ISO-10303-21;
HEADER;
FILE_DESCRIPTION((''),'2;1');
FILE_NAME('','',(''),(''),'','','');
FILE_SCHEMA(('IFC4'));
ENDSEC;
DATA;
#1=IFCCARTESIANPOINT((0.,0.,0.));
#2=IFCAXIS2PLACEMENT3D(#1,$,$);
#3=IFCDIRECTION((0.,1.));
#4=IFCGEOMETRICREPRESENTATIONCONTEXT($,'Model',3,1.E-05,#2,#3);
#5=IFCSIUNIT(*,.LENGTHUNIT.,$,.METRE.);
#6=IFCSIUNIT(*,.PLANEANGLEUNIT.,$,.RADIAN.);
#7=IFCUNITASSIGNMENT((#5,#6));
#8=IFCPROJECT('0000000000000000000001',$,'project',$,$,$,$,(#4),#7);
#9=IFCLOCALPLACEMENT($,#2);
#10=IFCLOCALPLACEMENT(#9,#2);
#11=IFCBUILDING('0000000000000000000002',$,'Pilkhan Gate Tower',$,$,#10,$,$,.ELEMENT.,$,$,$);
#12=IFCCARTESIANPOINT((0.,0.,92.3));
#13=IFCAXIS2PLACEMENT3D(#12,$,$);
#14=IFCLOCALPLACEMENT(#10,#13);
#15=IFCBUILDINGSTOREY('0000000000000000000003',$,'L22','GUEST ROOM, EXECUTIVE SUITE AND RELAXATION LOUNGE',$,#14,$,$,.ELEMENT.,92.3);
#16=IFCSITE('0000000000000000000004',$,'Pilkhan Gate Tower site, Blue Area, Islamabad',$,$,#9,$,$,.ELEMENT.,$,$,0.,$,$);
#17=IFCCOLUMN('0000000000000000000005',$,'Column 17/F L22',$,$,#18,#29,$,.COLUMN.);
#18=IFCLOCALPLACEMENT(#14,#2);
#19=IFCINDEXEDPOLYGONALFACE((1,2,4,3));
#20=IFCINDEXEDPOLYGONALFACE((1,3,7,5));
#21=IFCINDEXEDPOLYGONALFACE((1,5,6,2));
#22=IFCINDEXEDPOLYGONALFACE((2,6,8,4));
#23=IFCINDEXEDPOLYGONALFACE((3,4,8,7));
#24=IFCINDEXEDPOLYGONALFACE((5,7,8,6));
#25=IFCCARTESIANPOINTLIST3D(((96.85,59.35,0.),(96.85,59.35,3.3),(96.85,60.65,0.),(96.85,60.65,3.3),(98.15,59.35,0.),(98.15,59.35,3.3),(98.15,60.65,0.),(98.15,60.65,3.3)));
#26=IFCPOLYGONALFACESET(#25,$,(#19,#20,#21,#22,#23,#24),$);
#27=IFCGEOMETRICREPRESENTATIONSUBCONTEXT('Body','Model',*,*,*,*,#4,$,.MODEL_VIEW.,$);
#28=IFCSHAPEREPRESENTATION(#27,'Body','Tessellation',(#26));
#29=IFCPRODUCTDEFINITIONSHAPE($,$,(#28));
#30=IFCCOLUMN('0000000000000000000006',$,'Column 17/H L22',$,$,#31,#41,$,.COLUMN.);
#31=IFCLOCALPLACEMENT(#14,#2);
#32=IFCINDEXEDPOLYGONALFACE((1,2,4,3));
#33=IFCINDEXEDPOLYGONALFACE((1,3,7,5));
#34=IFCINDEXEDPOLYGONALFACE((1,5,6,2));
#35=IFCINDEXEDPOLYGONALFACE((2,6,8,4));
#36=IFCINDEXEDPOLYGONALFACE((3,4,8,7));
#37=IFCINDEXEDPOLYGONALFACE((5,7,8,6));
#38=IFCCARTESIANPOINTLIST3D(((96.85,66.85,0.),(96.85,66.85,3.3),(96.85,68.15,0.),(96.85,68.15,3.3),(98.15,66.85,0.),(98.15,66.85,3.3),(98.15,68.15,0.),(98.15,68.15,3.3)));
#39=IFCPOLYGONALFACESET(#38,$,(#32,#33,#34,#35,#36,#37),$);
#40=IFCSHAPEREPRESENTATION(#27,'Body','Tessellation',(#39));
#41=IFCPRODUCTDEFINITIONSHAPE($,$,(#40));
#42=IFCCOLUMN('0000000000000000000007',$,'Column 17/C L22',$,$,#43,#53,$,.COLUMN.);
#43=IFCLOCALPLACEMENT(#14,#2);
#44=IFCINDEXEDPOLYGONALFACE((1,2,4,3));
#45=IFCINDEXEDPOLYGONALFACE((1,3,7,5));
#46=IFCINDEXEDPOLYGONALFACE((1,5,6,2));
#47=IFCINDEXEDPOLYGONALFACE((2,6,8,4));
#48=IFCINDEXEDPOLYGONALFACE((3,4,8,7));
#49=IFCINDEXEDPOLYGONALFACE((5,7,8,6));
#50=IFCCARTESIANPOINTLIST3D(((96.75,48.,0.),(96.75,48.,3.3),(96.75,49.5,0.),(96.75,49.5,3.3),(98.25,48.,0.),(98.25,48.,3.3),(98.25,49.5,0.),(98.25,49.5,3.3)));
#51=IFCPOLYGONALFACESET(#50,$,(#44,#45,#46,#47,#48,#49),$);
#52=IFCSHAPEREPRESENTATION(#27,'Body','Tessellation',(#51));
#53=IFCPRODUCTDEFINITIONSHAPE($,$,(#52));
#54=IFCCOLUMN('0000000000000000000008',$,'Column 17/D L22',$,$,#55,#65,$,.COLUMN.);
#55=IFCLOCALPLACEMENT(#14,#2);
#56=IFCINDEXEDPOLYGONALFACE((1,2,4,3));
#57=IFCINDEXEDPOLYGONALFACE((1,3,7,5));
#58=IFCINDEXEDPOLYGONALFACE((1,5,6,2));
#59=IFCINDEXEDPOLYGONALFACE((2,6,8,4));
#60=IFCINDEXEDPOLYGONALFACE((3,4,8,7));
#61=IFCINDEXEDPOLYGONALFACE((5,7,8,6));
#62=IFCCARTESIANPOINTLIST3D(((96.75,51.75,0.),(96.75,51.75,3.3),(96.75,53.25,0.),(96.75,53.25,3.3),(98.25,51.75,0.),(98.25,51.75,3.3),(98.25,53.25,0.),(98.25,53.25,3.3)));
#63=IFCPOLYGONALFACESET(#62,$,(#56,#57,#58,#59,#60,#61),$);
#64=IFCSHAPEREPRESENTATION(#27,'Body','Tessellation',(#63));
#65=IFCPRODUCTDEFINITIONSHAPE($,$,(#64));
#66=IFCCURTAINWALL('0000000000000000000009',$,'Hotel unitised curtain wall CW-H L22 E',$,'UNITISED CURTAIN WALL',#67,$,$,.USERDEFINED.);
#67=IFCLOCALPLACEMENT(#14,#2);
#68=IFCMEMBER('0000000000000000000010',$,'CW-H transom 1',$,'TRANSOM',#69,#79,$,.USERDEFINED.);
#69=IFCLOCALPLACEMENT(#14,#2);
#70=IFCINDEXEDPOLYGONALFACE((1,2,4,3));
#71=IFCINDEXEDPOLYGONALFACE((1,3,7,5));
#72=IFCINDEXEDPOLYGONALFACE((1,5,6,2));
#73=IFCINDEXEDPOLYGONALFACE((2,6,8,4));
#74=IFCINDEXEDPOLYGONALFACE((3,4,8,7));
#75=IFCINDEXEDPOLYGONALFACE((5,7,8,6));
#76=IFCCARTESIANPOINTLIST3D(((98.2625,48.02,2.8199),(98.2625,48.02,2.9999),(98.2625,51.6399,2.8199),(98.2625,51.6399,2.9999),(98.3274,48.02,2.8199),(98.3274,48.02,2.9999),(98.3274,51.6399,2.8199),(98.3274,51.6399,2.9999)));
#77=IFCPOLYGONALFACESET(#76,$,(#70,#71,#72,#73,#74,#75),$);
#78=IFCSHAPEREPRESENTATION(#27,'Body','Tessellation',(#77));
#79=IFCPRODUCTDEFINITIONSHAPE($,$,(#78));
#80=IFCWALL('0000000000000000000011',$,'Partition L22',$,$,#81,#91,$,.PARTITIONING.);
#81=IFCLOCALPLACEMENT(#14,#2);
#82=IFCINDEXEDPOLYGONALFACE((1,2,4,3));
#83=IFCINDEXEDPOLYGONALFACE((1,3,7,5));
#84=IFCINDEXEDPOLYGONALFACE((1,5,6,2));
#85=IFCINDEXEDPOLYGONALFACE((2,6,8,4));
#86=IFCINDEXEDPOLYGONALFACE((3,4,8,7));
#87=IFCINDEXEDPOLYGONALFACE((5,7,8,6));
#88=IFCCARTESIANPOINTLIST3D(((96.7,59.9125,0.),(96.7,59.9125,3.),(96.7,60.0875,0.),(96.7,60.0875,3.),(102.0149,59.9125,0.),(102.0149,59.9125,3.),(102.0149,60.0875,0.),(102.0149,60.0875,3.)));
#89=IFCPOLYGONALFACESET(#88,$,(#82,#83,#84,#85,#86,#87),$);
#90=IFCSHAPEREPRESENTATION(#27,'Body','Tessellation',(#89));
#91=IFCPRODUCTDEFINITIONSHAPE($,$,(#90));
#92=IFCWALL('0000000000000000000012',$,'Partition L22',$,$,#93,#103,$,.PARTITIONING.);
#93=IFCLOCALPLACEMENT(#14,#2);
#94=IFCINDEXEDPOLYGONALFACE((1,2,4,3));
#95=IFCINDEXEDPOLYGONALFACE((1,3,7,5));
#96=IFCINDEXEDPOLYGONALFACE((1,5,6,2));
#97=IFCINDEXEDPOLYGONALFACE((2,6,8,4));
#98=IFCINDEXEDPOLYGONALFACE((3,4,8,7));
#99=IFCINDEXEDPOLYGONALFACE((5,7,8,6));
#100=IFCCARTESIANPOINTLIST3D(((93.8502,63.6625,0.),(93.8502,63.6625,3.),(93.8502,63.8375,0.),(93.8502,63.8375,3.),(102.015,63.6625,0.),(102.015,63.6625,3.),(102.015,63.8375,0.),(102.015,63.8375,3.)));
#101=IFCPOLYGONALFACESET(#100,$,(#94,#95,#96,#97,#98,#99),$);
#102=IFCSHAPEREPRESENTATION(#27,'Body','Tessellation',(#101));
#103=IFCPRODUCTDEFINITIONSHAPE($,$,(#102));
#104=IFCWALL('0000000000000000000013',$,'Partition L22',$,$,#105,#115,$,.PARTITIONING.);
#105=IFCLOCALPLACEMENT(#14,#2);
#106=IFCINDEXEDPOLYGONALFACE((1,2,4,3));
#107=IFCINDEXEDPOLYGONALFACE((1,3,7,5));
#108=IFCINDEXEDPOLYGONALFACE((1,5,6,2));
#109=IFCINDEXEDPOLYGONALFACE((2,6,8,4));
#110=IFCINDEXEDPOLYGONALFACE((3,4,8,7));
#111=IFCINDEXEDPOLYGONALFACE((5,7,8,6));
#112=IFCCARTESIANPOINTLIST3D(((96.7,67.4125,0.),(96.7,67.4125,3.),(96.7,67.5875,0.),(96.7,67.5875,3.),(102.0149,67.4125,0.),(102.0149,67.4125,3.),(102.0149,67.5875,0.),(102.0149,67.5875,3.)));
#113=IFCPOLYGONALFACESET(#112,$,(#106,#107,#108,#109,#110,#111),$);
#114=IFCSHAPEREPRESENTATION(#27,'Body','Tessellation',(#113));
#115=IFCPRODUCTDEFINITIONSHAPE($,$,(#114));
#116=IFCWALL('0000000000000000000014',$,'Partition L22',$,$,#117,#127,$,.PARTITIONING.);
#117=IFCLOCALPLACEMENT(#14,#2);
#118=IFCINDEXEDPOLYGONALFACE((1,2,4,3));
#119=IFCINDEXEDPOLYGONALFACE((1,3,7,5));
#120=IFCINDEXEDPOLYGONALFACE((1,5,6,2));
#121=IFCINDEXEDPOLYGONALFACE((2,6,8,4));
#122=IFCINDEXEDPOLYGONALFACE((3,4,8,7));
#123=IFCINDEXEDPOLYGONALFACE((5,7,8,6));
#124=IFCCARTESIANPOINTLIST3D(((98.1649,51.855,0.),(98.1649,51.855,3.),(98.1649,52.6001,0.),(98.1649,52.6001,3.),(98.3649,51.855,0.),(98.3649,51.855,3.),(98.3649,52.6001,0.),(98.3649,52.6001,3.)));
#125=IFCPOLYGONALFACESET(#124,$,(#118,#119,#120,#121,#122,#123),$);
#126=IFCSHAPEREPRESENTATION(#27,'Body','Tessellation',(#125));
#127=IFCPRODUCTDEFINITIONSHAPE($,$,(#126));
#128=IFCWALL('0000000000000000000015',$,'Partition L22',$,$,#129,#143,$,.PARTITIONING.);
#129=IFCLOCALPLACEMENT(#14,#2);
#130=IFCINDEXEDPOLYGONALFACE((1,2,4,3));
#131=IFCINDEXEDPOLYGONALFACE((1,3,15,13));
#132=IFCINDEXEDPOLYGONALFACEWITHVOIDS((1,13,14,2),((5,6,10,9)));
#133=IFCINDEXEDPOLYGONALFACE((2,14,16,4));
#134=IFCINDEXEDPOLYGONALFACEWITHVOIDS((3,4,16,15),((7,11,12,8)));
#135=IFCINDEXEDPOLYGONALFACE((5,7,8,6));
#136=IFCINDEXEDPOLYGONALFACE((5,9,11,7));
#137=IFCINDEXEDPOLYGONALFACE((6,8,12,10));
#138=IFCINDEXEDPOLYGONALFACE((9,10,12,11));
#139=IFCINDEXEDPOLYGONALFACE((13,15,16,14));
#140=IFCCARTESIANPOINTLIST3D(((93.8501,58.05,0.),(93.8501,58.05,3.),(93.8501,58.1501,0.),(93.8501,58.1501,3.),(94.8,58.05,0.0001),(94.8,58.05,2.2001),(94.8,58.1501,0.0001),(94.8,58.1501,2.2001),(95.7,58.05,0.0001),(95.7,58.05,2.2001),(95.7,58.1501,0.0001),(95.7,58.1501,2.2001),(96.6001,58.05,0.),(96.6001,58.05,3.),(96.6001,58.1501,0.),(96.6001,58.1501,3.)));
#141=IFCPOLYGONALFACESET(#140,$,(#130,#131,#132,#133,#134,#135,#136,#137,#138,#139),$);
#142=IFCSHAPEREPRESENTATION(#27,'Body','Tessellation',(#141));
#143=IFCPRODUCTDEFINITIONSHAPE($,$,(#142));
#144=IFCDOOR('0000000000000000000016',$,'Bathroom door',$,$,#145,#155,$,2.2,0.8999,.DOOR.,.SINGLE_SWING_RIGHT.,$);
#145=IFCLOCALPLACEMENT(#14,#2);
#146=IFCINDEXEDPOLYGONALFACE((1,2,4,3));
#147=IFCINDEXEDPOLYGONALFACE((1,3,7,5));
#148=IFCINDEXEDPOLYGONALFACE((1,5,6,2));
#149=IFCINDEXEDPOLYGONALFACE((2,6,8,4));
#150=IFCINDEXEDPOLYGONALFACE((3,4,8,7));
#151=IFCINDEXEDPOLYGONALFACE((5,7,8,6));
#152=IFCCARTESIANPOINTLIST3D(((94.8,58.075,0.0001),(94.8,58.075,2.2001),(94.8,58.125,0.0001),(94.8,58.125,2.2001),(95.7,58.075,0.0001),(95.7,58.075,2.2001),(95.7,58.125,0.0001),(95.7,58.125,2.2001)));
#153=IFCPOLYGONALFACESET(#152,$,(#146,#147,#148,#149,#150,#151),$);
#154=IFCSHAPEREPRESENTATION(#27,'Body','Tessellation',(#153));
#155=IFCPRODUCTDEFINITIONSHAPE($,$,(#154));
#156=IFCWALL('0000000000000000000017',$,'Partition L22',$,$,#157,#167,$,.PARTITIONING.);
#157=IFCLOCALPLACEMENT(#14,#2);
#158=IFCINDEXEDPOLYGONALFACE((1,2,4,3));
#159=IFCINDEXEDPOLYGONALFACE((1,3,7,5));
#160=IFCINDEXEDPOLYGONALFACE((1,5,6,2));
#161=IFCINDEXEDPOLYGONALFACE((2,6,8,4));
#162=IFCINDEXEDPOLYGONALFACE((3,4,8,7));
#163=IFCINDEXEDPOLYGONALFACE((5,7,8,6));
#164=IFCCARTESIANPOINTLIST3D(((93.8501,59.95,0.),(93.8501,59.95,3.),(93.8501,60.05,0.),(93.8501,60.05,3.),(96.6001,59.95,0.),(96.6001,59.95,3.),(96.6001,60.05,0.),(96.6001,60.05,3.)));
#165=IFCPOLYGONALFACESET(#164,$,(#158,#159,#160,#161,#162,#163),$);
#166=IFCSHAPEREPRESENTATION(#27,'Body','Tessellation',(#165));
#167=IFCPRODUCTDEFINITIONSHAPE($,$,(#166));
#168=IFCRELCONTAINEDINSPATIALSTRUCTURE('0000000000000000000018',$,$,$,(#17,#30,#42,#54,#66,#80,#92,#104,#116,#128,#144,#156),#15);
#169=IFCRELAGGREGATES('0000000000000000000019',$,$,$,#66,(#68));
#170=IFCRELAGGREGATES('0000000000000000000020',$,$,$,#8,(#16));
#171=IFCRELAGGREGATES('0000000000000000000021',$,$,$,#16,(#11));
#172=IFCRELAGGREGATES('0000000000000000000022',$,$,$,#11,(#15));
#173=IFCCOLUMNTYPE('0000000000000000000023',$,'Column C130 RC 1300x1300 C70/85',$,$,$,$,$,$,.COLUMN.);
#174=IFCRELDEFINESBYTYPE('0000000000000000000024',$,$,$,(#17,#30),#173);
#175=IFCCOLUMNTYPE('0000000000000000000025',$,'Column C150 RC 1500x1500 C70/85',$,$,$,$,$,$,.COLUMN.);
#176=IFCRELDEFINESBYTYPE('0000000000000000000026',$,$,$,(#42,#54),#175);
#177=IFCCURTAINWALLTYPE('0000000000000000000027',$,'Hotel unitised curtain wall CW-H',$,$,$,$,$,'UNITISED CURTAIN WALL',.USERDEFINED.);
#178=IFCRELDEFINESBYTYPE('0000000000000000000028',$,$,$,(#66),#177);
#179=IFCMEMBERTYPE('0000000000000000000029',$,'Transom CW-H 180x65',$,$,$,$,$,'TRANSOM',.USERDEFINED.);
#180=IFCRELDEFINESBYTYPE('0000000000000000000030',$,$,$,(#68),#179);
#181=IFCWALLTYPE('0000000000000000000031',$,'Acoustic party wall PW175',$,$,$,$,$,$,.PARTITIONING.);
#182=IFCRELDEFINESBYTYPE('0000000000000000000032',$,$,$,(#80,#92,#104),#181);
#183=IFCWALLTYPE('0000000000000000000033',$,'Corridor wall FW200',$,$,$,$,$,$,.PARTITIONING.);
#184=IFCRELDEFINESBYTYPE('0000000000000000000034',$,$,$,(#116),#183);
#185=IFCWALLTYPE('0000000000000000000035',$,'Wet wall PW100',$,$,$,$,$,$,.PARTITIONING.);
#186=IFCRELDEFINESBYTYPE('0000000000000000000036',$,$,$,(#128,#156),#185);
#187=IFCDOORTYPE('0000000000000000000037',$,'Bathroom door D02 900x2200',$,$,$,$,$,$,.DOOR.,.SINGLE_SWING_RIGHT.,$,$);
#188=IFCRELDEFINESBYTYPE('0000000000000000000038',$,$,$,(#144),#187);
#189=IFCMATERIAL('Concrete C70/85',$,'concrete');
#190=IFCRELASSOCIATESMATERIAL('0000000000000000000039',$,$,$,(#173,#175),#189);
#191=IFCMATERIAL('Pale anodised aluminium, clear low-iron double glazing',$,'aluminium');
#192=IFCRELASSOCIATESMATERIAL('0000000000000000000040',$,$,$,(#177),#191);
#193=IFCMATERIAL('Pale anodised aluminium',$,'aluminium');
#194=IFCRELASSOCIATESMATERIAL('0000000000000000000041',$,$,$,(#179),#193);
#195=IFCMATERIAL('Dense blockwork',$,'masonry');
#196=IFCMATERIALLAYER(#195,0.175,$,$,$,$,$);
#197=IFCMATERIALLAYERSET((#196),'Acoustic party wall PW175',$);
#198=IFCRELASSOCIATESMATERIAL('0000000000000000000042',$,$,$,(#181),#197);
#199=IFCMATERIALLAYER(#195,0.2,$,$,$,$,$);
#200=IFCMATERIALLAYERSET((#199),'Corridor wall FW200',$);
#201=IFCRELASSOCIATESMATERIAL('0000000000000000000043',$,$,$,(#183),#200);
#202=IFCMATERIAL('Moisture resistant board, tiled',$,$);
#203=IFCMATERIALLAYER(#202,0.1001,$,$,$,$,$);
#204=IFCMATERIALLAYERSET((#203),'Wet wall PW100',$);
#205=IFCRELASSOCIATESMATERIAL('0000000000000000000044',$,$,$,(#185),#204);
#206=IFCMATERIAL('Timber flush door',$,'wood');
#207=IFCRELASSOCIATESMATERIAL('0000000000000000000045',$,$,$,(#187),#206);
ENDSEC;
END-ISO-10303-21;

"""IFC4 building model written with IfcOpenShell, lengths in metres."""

from ifc_helpers import new_model, si_unit, direction, frame, frame_2d, origin, origin_2d, place, context, subcontext, project, spatial, rectangle, extrude, material, layer, layer_set, material_profile, profile_set, type_object, element, fill, aggregate, save


model = new_model("IFC4")

# Units and contexts
model_context = context("Model", 3, precision=1e-05, world=origin(), true_north=direction((0.0, 1.0)))
body_context = subcontext(model_context, "Body", "Model", "MODEL_VIEW")
ifc_project = project(units=[si_unit("LENGTHUNIT", "METRE"), si_unit("PLANEANGLEUNIT", "RADIAN")], contexts=[model_context])

# Site, building, storey
site_placement = place(None, origin())
site = spatial("IfcSite", under=ifc_project, at=site_placement, Name="Pilkhan Gate Tower site, Blue Area, Islamabad", CompositionType="ELEMENT", RefElevation=0.0)
building_placement = place(site_placement, origin())
building = spatial("IfcBuilding", under=site, at=building_placement, Name="Pilkhan Gate Tower", CompositionType="ELEMENT")
storey_placement = place(building_placement, frame((0.0, 0.0, 92.3)))
storey = spatial("IfcBuildingStorey", under=building, at=storey_placement, Name="L22", Description="GUEST ROOM, EXECUTIVE SUITE AND RELAXATION LOUNGE", CompositionType="ELEMENT", Elevation=92.3)

# Columns
ifc_material_1 = material(Name="Concrete C70/85", Category="concrete")
ifc_material_profile_1 = material_profile(ifc_material_1, rectangle(XDim=1.3, YDim=1.3, at=origin_2d()), Name="RC 1300x1300")
ifc_profile_set_1 = profile_set([ifc_material_profile_1], Name="Concrete C70/85")
column_type_1 = type_object("IfcColumnType", Name="Column C130 RC 1300x1300 C70/85", PredefinedType="COLUMN", material=ifc_profile_set_1)
for number, where, z_axis, x_axis, name in (
    (1, (97.5, 60.0, 0.0), (0.0, 0.0, 1.0), (1.0, 0.0, 0.0), "Column 17/F L22"),
    (2, (97.5, 67.5, 0.0), (0.0, 0.0, 1.0), (1.0, 0.0, 0.0), "Column 17/H L22"),
):
    element("IfcColumn", number, at=place(storey_placement, frame(where, z_axis=z_axis, x_axis=x_axis)), inside=storey, type_object=column_type_1, Name=name, PredefinedType="COLUMN", context=body_context, shape_type="SweptSolid", body=[
        extrude(rectangle(XDim=1.3, YDim=1.3, at=origin_2d()), origin(), (0.0, 0.0, 1.0), 3.3),
    ])
ifc_material_profile_2 = material_profile(ifc_material_1, rectangle(XDim=1.5, YDim=1.5, at=origin_2d()), Name="RC 1500x1500")
ifc_profile_set_2 = profile_set([ifc_material_profile_2], Name="Concrete C70/85")
column_type_2 = type_object("IfcColumnType", Name="Column C150 RC 1500x1500 C70/85", PredefinedType="COLUMN", material=ifc_profile_set_2)
for number, where, z_axis, x_axis, name in (
    (3, (97.5, 48.75, 0.0), (0.0, 0.0, 1.0), (1.0, 0.0, 0.0), "Column 17/C L22"),
    (4, (97.5, 52.5, 0.0), (0.0, 0.0, 1.0), (1.0, 0.0, 0.0), "Column 17/D L22"),
):
    element("IfcColumn", number, at=place(storey_placement, frame(where, z_axis=z_axis, x_axis=x_axis)), inside=storey, type_object=column_type_2, Name=name, PredefinedType="COLUMN", context=body_context, shape_type="SweptSolid", body=[
        extrude(rectangle(XDim=1.5, YDim=1.5, at=origin_2d()), origin(), (0.0, 0.0, 1.0), 3.3),
    ])

# Curtain wall, member
ifc_material_2 = material(Name="Pale anodised aluminium, clear low-iron double glazing", Category="aluminium")
curtain_wall_type = type_object("IfcCurtainWallType", Name="Hotel unitised curtain wall CW-H", ElementType="UNITISED CURTAIN WALL", PredefinedType="USERDEFINED", material=ifc_material_2)
curtain_wall_placement = place(storey_placement, origin())
curtain_wall = element("IfcCurtainWall", 5, at=curtain_wall_placement, inside=storey, type_object=curtain_wall_type, Name="Hotel unitised curtain wall CW-H L22 E", ObjectType="UNITISED CURTAIN WALL", PredefinedType="USERDEFINED")
ifc_material_3 = material(Name="Pale anodised aluminium", Category="aluminium")
ifc_material_profile_3 = material_profile(ifc_material_3, rectangle(XDim=0.0649, YDim=0.1799, at=origin_2d()), Name="Transom 180x65")
ifc_profile_set_3 = profile_set([ifc_material_profile_3], Name="Pale anodised aluminium")
member_type = type_object("IfcMemberType", Name="Transom CW-H 180x65", ElementType="TRANSOM", PredefinedType="USERDEFINED", material=ifc_profile_set_3)
member_placement = place(storey_placement, frame((98.2949, 48.02, 2.9099), z_axis=(0.0, 1.0, 0.0), x_axis=(-1.0, 0.0, 0.0)))
member = element("IfcMember", 6, at=member_placement, type_object=member_type, Name="CW-H transom 1", ObjectType="TRANSOM", PredefinedType="USERDEFINED", context=body_context, shape_type="SweptSolid", body=[
    extrude(rectangle(XDim=0.0649, YDim=0.1799, at=origin_2d()), origin(), (0.0, 0.0, 1.0), 3.6199),
])
aggregate(curtain_wall, [member])

# Walls
ifc_material_4 = material(Name="Dense blockwork", Category="masonry")
ifc_layer_1 = layer(ifc_material_4, 0.175)
ifc_layer_set_1 = layer_set([ifc_layer_1], Name="Acoustic party wall PW175")
wall_type_1 = type_object("IfcWallType", Name="Acoustic party wall PW175", PredefinedType="PARTITIONING", material=ifc_layer_set_1)
wall_1_placement = place(storey_placement, frame((96.7, 60.0, 0.0), z_axis=(0.0, 0.0, 1.0), x_axis=(1.0, 0.0, 0.0)))
element("IfcWall", 7, at=wall_1_placement, inside=storey, type_object=wall_type_1, Name="Partition L22", PredefinedType="PARTITIONING", context=body_context, shape_type="SweptSolid", body=[
    extrude(rectangle(XDim=5.3149, YDim=0.175, at=frame_2d((2.6575, 0.0))), origin(), (0.0, 0.0, 1.0), 3.0),
])
wall_2_placement = place(storey_placement, frame((93.8501, 63.75, 0.0), z_axis=(0.0, 0.0, 1.0), x_axis=(1.0, 0.0, 0.0)))
element("IfcWall", 8, at=wall_2_placement, inside=storey, type_object=wall_type_1, Name="Partition L22", PredefinedType="PARTITIONING", context=body_context, shape_type="SweptSolid", body=[
    extrude(rectangle(XDim=8.1648, YDim=0.175, at=frame_2d((4.0825, 0.0))), origin(), (0.0, 0.0, 1.0), 3.0),
])
wall_3_placement = place(storey_placement, frame((96.7, 67.5, 0.0), z_axis=(0.0, 0.0, 1.0), x_axis=(1.0, 0.0, 0.0)))
element("IfcWall", 9, at=wall_3_placement, inside=storey, type_object=wall_type_1, Name="Partition L22", PredefinedType="PARTITIONING", context=body_context, shape_type="SweptSolid", body=[
    extrude(rectangle(XDim=5.3149, YDim=0.175, at=frame_2d((2.6575, 0.0))), origin(), (0.0, 0.0, 1.0), 3.0),
])
ifc_layer_2 = layer(ifc_material_4, 0.2)
ifc_layer_set_2 = layer_set([ifc_layer_2], Name="Corridor wall FW200")
wall_type_2 = type_object("IfcWallType", Name="Corridor wall FW200", PredefinedType="PARTITIONING", material=ifc_layer_set_2)
wall_4_placement = place(storey_placement, frame((98.2649, 51.855, 0.0), z_axis=(0.0, 0.0, 1.0), x_axis=(0.0, 1.0, 0.0)))
element("IfcWall", 10, at=wall_4_placement, inside=storey, type_object=wall_type_2, Name="Partition L22", PredefinedType="PARTITIONING", context=body_context, shape_type="SweptSolid", body=[
    extrude(rectangle(XDim=0.7451, YDim=0.2, at=frame_2d((0.3726, 0.0))), origin(), (0.0, 0.0, 1.0), 3.0),
])

# Wall, opening, door
ifc_material_5 = material(Name="Moisture resistant board, tiled")
ifc_layer_3 = layer(ifc_material_5, 0.1001)
ifc_layer_set_3 = layer_set([ifc_layer_3], Name="Wet wall PW100")
wall_type_3 = type_object("IfcWallType", Name="Wet wall PW100", PredefinedType="PARTITIONING", material=ifc_layer_set_3)
wall_5_placement = place(storey_placement, frame((93.8501, 58.1001, 0.0), z_axis=(0.0, 0.0, 1.0), x_axis=(1.0, 0.0, 0.0)))
wall_5 = element("IfcWall", 11, at=wall_5_placement, inside=storey, type_object=wall_type_3, Name="Partition L22", PredefinedType="PARTITIONING", context=body_context, shape_type="SweptSolid", body=[
    extrude(rectangle(XDim=2.75, YDim=0.1001, at=frame_2d((1.375, 0.0))), origin(), (0.0, 0.0, 1.0), 3.0),
])
opening_1_placement = place(wall_5_placement, frame((0.95, 0.0, 0.0)))
opening_1 = element("IfcOpeningElement", 12, at=opening_1_placement, cuts=wall_5, PredefinedType="OPENING", context=body_context, shape_type="SweptSolid", body=[
    extrude(rectangle(XDim=0.8999, YDim=2.2, at=frame_2d((0.45, 1.1001))), frame((0.0, 0.0601, 0.0), z_axis=(0.0, -1.0, 0.0), x_axis=(1.0, 0.0, 0.0)), (0.0, 0.0, 1.0), 0.1201),
])
ifc_material_6 = material(Name="Timber flush door", Category="wood")
door_type = type_object("IfcDoorType", Name="Bathroom door D02 900x2200", OperationType="SINGLE_SWING_RIGHT", PredefinedType="DOOR", material=ifc_material_6)
door_1_placement = place(opening_1_placement, origin())
door_1 = element("IfcDoor", 13, at=door_1_placement, inside=storey, type_object=door_type, Name="Bathroom door", OperationType="SINGLE_SWING_RIGHT", OverallHeight=2.2, OverallWidth=0.8999, PredefinedType="DOOR", context=body_context, shape_type="SweptSolid", body=[
    extrude(rectangle(XDim=0.8999, YDim=2.2, at=frame_2d((0.45, 1.1001))), frame((0.0, 0.0249, 0.0), z_axis=(0.0, -1.0, 0.0), x_axis=(1.0, 0.0, 0.0)), (0.0, 0.0, 1.0), 0.05),
])
fill(opening_1, door_1)

# Wall
wall_6_placement = place(storey_placement, frame((93.8501, 60.0, 0.0), z_axis=(0.0, 0.0, 1.0), x_axis=(1.0, 0.0, 0.0)))
element("IfcWall", 14, at=wall_6_placement, inside=storey, type_object=wall_type_3, Name="Partition L22", PredefinedType="PARTITIONING", context=body_context, shape_type="SweptSolid", body=[
    extrude(rectangle(XDim=2.75, YDim=0.1001, at=frame_2d((1.375, 0.0))), origin(), (0.0, 0.0, 1.0), 3.0),
])

save(model, "model.ifc")
